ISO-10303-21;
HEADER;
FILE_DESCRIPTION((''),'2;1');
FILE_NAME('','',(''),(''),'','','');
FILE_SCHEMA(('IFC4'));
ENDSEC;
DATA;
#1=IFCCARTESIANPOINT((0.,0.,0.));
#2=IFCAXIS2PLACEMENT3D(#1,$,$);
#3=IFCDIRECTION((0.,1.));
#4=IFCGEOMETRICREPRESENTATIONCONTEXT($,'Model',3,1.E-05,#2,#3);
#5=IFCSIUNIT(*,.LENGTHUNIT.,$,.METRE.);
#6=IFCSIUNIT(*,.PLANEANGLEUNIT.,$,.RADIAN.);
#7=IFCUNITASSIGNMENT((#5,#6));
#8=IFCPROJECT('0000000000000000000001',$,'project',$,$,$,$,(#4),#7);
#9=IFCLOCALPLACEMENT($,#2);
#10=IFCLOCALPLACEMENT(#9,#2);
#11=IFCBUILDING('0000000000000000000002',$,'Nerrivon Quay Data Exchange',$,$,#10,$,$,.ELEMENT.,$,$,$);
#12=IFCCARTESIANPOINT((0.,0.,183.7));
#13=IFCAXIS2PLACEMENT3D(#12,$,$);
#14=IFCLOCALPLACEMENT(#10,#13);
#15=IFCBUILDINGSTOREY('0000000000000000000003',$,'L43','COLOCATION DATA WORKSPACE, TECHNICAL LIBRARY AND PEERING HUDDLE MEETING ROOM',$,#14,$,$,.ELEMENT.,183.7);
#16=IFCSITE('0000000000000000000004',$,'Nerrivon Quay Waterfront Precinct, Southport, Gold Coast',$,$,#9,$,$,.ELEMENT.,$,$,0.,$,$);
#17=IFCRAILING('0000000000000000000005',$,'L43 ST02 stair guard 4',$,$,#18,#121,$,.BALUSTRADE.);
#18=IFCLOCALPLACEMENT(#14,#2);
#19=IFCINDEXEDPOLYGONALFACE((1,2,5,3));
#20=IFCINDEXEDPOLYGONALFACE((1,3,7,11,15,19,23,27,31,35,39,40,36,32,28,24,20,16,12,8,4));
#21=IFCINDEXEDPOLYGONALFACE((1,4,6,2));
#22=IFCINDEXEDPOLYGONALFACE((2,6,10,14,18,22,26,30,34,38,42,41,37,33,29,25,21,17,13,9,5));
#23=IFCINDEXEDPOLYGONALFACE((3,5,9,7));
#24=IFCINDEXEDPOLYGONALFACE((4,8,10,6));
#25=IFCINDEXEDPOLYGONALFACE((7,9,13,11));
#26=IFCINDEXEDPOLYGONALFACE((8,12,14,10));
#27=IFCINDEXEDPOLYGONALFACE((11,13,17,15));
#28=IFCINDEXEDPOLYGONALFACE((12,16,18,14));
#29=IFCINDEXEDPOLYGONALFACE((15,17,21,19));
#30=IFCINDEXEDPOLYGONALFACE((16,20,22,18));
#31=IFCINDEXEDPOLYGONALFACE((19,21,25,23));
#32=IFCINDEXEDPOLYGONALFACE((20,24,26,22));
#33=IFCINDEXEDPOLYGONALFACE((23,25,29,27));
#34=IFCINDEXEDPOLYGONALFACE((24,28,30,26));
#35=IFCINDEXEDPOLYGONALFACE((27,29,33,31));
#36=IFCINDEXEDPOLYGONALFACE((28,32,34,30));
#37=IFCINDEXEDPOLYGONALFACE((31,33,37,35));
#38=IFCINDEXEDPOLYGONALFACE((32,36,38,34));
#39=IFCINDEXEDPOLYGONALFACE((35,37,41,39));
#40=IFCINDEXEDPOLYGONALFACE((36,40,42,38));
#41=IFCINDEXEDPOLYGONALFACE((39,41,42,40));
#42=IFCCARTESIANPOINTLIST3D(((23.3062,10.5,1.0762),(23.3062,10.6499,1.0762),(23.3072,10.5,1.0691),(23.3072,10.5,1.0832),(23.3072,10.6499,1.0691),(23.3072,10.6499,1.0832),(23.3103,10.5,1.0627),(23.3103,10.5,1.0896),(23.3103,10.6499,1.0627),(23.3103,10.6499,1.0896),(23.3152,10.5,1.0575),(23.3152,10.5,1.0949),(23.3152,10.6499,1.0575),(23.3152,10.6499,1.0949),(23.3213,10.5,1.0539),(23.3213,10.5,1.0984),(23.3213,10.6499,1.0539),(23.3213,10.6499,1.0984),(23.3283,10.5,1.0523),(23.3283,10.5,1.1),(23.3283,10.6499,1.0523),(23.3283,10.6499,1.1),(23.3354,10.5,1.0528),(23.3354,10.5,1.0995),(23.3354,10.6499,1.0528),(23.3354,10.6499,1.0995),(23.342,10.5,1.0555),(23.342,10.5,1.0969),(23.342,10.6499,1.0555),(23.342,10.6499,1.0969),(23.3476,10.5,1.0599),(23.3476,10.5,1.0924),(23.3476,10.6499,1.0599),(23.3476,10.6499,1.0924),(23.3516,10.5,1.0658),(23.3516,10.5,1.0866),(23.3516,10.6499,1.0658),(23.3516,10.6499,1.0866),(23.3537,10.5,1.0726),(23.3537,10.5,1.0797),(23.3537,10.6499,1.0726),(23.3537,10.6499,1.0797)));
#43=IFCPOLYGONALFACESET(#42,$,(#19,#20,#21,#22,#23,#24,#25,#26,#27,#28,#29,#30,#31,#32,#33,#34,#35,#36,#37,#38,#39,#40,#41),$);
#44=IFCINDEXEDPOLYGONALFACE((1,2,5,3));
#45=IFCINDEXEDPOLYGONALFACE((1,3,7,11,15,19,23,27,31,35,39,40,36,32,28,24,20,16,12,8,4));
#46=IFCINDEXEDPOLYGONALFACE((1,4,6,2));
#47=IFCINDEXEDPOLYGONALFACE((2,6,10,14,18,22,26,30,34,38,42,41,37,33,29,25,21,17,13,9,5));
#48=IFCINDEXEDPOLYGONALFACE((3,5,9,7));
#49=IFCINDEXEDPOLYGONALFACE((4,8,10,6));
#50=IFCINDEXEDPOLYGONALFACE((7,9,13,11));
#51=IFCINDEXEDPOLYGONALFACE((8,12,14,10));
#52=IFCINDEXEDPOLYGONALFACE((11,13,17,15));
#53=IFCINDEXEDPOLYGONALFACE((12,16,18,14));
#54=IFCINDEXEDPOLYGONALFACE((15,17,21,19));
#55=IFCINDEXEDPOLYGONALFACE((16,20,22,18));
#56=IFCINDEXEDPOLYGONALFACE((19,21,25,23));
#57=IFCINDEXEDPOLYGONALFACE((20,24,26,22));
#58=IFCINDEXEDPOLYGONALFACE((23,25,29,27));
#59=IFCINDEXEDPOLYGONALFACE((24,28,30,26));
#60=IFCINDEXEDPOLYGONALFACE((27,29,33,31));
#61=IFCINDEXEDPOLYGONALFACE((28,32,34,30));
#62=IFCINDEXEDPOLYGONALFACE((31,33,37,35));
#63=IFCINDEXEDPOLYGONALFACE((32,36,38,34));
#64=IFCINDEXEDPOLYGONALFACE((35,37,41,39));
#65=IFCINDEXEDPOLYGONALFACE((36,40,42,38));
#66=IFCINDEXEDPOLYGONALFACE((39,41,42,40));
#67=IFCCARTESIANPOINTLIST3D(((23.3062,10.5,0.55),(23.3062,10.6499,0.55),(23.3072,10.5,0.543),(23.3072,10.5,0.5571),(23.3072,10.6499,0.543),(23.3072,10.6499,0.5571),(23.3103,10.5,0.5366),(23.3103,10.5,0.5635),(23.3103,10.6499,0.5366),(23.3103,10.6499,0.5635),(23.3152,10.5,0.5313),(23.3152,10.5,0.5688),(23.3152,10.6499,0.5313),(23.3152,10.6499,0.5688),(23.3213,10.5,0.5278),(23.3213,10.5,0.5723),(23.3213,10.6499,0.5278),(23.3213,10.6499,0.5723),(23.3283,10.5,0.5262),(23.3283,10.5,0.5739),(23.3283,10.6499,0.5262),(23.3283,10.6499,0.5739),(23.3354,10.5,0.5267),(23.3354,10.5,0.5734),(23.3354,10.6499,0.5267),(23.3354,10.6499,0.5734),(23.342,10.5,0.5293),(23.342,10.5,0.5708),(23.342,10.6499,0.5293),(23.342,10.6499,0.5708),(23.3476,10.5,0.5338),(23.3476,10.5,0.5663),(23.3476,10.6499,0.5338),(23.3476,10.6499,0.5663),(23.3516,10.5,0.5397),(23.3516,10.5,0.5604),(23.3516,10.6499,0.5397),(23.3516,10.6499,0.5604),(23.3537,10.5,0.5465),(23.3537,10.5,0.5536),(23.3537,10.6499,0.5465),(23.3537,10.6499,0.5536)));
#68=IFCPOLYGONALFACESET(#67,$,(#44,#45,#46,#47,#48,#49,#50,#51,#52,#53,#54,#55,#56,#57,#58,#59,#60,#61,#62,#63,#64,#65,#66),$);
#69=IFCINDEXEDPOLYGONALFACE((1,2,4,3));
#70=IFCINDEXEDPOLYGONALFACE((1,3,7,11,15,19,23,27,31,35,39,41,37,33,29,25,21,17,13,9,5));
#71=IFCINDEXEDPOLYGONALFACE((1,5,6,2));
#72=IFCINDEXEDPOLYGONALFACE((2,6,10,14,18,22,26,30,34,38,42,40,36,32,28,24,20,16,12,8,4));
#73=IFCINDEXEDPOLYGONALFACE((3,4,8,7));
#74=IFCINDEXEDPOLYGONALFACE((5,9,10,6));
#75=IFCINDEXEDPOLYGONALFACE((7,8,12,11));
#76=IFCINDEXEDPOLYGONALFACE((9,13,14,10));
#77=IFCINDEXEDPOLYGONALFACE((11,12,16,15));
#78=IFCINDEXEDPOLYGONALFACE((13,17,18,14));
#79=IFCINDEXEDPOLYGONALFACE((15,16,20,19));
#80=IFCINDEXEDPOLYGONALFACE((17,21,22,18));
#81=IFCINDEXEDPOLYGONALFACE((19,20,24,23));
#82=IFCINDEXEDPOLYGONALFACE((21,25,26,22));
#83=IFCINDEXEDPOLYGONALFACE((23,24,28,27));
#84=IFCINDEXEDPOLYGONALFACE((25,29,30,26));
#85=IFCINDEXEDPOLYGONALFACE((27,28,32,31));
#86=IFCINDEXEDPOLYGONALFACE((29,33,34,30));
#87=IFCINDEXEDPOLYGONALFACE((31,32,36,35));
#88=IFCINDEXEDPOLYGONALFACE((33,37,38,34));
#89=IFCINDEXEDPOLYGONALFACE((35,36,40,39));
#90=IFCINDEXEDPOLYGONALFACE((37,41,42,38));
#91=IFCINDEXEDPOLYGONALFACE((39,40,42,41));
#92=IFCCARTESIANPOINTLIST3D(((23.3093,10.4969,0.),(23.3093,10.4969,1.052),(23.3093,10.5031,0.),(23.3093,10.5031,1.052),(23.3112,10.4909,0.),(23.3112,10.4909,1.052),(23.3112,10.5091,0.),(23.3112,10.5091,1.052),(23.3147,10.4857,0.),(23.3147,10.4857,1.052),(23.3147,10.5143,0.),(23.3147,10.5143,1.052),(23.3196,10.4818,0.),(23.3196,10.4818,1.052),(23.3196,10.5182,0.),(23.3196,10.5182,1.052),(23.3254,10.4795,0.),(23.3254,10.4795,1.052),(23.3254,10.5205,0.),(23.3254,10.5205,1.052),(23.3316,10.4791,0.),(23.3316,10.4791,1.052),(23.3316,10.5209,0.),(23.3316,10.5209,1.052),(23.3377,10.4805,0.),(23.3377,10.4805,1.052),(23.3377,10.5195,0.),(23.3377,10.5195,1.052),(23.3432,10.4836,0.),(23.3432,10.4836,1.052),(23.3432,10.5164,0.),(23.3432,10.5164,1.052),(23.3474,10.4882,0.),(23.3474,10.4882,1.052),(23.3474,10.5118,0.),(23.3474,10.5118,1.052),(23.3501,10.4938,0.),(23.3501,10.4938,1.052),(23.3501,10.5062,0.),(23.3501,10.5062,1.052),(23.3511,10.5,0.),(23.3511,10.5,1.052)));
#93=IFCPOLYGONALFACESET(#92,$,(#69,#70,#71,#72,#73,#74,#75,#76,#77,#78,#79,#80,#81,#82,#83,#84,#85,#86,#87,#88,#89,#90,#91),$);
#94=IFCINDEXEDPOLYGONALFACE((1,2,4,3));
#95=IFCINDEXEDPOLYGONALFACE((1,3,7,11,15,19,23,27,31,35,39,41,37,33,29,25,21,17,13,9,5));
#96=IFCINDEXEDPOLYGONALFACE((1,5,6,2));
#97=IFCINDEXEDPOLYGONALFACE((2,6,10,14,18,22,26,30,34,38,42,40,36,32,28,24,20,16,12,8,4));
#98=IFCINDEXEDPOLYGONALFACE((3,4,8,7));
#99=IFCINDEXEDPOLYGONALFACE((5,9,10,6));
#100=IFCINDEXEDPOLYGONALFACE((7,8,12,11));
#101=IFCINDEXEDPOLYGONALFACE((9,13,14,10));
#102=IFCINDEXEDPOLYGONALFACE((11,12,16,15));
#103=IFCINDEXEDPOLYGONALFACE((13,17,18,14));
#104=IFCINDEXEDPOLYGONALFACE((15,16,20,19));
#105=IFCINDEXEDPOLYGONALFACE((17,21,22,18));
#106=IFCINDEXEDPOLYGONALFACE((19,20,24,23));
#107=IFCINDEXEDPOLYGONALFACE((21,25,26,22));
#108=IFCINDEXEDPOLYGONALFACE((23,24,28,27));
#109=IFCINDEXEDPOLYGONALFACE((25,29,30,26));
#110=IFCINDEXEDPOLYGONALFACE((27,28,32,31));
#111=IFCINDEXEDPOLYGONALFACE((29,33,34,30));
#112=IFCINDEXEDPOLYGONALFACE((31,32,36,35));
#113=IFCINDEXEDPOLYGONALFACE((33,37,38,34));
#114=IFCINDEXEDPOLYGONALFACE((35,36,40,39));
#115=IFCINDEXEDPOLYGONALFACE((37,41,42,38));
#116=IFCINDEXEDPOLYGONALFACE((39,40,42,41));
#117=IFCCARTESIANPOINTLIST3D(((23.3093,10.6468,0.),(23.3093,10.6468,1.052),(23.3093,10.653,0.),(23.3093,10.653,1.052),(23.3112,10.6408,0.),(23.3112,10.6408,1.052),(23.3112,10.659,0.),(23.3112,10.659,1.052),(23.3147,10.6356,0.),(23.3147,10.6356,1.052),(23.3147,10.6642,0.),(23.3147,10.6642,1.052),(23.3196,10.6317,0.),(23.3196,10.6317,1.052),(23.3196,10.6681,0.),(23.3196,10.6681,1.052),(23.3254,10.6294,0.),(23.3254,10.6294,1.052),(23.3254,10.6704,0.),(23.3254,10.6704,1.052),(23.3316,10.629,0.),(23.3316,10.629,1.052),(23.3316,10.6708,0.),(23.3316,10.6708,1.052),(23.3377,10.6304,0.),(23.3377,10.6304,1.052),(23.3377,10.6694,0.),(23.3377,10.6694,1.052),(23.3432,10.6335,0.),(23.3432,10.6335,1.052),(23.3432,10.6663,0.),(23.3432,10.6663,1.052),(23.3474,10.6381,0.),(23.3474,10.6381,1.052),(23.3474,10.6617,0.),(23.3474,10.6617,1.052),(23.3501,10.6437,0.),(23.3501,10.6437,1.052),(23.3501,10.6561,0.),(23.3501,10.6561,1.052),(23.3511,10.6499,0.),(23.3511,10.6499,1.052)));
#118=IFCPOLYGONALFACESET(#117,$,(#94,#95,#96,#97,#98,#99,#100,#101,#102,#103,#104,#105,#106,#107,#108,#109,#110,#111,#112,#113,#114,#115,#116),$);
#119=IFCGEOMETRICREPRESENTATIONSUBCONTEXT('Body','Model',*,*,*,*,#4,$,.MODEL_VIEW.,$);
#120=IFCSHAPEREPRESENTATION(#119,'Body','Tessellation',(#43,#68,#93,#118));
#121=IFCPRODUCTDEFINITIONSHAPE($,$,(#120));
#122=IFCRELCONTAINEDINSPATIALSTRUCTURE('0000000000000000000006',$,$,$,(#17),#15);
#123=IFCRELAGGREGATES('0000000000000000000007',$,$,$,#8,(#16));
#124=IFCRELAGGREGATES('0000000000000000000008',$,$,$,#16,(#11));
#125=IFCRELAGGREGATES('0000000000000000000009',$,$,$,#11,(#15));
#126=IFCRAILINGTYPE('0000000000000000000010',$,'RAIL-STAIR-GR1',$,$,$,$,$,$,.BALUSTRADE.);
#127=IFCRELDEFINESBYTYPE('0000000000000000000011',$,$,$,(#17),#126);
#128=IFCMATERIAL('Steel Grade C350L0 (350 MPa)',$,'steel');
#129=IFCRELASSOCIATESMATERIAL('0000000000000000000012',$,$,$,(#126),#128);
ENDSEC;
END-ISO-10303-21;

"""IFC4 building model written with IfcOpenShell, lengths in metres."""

from ifc_helpers import new_model, si_unit, direction, frame, origin, origin_2d, place, context, subcontext, project, spatial, circle, extrude, material, type_object, element, save


model = new_model("IFC4")

# Units and contexts
model_context = context("Model", 3, precision=1e-05, world=origin(), true_north=direction((0.0, 1.0)))
body_context = subcontext(model_context, "Body", "Model", "MODEL_VIEW")
ifc_project = project(units=[si_unit("LENGTHUNIT", "METRE"), si_unit("PLANEANGLEUNIT", "RADIAN")], contexts=[model_context])

# Site, building, storey
site_placement = place(None, origin())
site = spatial("IfcSite", under=ifc_project, at=site_placement, Name="Nerrivon Quay Waterfront Precinct, Southport, Gold Coast", CompositionType="ELEMENT", RefElevation=0.0)
building_placement = place(site_placement, origin())
building = spatial("IfcBuilding", under=site, at=building_placement, Name="Nerrivon Quay Data Exchange", CompositionType="ELEMENT")
storey_placement = place(building_placement, frame((0.0, 0.0, 183.7)))
storey = spatial("IfcBuildingStorey", under=building, at=storey_placement, Name="L43", Description="COLOCATION DATA WORKSPACE, TECHNICAL LIBRARY AND PEERING HUDDLE MEETING ROOM", CompositionType="ELEMENT", Elevation=183.7)

# Railing
ifc_material_1 = material(Name="Steel Grade C350L0 (350 MPa)", Category="steel")
railing_type_1 = type_object("IfcRailingType", Name="RAIL-STAIR-GR1", PredefinedType="BALUSTRADE", material=ifc_material_1)
railing_1_placement = place(storey_placement, frame((23.3301, 10.5, 0.0)))
element("IfcRailing", 1, at=railing_1_placement, inside=storey, type_object=railing_type_1, Name="L43 ST02 stair guard 4", PredefinedType="BALUSTRADE", context=body_context, shape_type="SweptSolid", body=[
    extrude(circle(Radius=0.0239, at=origin_2d()), frame((0.0, 0.0, 1.0762), z_axis=(0.0, 1.0, 0.0), x_axis=(-1.0, 0.0, 0.0)), (0.0, 0.0, 1.0), 0.1499),
    extrude(circle(Radius=0.0239, at=origin_2d()), frame((0.0, 0.0, 0.55), z_axis=(0.0, 1.0, 0.0), x_axis=(-1.0, 0.0, 0.0)), (0.0, 0.0, 1.0), 0.1499),
    extrude(circle(Radius=0.021, at=origin_2d()), origin(), (0.0, 0.0, 1.0), 1.052),
    extrude(circle(Radius=0.021, at=origin_2d()), frame((0.0, 0.1499, 0.0)), (0.0, 0.0, 1.0), 1.052),
])

save(model, "model.ifc")
